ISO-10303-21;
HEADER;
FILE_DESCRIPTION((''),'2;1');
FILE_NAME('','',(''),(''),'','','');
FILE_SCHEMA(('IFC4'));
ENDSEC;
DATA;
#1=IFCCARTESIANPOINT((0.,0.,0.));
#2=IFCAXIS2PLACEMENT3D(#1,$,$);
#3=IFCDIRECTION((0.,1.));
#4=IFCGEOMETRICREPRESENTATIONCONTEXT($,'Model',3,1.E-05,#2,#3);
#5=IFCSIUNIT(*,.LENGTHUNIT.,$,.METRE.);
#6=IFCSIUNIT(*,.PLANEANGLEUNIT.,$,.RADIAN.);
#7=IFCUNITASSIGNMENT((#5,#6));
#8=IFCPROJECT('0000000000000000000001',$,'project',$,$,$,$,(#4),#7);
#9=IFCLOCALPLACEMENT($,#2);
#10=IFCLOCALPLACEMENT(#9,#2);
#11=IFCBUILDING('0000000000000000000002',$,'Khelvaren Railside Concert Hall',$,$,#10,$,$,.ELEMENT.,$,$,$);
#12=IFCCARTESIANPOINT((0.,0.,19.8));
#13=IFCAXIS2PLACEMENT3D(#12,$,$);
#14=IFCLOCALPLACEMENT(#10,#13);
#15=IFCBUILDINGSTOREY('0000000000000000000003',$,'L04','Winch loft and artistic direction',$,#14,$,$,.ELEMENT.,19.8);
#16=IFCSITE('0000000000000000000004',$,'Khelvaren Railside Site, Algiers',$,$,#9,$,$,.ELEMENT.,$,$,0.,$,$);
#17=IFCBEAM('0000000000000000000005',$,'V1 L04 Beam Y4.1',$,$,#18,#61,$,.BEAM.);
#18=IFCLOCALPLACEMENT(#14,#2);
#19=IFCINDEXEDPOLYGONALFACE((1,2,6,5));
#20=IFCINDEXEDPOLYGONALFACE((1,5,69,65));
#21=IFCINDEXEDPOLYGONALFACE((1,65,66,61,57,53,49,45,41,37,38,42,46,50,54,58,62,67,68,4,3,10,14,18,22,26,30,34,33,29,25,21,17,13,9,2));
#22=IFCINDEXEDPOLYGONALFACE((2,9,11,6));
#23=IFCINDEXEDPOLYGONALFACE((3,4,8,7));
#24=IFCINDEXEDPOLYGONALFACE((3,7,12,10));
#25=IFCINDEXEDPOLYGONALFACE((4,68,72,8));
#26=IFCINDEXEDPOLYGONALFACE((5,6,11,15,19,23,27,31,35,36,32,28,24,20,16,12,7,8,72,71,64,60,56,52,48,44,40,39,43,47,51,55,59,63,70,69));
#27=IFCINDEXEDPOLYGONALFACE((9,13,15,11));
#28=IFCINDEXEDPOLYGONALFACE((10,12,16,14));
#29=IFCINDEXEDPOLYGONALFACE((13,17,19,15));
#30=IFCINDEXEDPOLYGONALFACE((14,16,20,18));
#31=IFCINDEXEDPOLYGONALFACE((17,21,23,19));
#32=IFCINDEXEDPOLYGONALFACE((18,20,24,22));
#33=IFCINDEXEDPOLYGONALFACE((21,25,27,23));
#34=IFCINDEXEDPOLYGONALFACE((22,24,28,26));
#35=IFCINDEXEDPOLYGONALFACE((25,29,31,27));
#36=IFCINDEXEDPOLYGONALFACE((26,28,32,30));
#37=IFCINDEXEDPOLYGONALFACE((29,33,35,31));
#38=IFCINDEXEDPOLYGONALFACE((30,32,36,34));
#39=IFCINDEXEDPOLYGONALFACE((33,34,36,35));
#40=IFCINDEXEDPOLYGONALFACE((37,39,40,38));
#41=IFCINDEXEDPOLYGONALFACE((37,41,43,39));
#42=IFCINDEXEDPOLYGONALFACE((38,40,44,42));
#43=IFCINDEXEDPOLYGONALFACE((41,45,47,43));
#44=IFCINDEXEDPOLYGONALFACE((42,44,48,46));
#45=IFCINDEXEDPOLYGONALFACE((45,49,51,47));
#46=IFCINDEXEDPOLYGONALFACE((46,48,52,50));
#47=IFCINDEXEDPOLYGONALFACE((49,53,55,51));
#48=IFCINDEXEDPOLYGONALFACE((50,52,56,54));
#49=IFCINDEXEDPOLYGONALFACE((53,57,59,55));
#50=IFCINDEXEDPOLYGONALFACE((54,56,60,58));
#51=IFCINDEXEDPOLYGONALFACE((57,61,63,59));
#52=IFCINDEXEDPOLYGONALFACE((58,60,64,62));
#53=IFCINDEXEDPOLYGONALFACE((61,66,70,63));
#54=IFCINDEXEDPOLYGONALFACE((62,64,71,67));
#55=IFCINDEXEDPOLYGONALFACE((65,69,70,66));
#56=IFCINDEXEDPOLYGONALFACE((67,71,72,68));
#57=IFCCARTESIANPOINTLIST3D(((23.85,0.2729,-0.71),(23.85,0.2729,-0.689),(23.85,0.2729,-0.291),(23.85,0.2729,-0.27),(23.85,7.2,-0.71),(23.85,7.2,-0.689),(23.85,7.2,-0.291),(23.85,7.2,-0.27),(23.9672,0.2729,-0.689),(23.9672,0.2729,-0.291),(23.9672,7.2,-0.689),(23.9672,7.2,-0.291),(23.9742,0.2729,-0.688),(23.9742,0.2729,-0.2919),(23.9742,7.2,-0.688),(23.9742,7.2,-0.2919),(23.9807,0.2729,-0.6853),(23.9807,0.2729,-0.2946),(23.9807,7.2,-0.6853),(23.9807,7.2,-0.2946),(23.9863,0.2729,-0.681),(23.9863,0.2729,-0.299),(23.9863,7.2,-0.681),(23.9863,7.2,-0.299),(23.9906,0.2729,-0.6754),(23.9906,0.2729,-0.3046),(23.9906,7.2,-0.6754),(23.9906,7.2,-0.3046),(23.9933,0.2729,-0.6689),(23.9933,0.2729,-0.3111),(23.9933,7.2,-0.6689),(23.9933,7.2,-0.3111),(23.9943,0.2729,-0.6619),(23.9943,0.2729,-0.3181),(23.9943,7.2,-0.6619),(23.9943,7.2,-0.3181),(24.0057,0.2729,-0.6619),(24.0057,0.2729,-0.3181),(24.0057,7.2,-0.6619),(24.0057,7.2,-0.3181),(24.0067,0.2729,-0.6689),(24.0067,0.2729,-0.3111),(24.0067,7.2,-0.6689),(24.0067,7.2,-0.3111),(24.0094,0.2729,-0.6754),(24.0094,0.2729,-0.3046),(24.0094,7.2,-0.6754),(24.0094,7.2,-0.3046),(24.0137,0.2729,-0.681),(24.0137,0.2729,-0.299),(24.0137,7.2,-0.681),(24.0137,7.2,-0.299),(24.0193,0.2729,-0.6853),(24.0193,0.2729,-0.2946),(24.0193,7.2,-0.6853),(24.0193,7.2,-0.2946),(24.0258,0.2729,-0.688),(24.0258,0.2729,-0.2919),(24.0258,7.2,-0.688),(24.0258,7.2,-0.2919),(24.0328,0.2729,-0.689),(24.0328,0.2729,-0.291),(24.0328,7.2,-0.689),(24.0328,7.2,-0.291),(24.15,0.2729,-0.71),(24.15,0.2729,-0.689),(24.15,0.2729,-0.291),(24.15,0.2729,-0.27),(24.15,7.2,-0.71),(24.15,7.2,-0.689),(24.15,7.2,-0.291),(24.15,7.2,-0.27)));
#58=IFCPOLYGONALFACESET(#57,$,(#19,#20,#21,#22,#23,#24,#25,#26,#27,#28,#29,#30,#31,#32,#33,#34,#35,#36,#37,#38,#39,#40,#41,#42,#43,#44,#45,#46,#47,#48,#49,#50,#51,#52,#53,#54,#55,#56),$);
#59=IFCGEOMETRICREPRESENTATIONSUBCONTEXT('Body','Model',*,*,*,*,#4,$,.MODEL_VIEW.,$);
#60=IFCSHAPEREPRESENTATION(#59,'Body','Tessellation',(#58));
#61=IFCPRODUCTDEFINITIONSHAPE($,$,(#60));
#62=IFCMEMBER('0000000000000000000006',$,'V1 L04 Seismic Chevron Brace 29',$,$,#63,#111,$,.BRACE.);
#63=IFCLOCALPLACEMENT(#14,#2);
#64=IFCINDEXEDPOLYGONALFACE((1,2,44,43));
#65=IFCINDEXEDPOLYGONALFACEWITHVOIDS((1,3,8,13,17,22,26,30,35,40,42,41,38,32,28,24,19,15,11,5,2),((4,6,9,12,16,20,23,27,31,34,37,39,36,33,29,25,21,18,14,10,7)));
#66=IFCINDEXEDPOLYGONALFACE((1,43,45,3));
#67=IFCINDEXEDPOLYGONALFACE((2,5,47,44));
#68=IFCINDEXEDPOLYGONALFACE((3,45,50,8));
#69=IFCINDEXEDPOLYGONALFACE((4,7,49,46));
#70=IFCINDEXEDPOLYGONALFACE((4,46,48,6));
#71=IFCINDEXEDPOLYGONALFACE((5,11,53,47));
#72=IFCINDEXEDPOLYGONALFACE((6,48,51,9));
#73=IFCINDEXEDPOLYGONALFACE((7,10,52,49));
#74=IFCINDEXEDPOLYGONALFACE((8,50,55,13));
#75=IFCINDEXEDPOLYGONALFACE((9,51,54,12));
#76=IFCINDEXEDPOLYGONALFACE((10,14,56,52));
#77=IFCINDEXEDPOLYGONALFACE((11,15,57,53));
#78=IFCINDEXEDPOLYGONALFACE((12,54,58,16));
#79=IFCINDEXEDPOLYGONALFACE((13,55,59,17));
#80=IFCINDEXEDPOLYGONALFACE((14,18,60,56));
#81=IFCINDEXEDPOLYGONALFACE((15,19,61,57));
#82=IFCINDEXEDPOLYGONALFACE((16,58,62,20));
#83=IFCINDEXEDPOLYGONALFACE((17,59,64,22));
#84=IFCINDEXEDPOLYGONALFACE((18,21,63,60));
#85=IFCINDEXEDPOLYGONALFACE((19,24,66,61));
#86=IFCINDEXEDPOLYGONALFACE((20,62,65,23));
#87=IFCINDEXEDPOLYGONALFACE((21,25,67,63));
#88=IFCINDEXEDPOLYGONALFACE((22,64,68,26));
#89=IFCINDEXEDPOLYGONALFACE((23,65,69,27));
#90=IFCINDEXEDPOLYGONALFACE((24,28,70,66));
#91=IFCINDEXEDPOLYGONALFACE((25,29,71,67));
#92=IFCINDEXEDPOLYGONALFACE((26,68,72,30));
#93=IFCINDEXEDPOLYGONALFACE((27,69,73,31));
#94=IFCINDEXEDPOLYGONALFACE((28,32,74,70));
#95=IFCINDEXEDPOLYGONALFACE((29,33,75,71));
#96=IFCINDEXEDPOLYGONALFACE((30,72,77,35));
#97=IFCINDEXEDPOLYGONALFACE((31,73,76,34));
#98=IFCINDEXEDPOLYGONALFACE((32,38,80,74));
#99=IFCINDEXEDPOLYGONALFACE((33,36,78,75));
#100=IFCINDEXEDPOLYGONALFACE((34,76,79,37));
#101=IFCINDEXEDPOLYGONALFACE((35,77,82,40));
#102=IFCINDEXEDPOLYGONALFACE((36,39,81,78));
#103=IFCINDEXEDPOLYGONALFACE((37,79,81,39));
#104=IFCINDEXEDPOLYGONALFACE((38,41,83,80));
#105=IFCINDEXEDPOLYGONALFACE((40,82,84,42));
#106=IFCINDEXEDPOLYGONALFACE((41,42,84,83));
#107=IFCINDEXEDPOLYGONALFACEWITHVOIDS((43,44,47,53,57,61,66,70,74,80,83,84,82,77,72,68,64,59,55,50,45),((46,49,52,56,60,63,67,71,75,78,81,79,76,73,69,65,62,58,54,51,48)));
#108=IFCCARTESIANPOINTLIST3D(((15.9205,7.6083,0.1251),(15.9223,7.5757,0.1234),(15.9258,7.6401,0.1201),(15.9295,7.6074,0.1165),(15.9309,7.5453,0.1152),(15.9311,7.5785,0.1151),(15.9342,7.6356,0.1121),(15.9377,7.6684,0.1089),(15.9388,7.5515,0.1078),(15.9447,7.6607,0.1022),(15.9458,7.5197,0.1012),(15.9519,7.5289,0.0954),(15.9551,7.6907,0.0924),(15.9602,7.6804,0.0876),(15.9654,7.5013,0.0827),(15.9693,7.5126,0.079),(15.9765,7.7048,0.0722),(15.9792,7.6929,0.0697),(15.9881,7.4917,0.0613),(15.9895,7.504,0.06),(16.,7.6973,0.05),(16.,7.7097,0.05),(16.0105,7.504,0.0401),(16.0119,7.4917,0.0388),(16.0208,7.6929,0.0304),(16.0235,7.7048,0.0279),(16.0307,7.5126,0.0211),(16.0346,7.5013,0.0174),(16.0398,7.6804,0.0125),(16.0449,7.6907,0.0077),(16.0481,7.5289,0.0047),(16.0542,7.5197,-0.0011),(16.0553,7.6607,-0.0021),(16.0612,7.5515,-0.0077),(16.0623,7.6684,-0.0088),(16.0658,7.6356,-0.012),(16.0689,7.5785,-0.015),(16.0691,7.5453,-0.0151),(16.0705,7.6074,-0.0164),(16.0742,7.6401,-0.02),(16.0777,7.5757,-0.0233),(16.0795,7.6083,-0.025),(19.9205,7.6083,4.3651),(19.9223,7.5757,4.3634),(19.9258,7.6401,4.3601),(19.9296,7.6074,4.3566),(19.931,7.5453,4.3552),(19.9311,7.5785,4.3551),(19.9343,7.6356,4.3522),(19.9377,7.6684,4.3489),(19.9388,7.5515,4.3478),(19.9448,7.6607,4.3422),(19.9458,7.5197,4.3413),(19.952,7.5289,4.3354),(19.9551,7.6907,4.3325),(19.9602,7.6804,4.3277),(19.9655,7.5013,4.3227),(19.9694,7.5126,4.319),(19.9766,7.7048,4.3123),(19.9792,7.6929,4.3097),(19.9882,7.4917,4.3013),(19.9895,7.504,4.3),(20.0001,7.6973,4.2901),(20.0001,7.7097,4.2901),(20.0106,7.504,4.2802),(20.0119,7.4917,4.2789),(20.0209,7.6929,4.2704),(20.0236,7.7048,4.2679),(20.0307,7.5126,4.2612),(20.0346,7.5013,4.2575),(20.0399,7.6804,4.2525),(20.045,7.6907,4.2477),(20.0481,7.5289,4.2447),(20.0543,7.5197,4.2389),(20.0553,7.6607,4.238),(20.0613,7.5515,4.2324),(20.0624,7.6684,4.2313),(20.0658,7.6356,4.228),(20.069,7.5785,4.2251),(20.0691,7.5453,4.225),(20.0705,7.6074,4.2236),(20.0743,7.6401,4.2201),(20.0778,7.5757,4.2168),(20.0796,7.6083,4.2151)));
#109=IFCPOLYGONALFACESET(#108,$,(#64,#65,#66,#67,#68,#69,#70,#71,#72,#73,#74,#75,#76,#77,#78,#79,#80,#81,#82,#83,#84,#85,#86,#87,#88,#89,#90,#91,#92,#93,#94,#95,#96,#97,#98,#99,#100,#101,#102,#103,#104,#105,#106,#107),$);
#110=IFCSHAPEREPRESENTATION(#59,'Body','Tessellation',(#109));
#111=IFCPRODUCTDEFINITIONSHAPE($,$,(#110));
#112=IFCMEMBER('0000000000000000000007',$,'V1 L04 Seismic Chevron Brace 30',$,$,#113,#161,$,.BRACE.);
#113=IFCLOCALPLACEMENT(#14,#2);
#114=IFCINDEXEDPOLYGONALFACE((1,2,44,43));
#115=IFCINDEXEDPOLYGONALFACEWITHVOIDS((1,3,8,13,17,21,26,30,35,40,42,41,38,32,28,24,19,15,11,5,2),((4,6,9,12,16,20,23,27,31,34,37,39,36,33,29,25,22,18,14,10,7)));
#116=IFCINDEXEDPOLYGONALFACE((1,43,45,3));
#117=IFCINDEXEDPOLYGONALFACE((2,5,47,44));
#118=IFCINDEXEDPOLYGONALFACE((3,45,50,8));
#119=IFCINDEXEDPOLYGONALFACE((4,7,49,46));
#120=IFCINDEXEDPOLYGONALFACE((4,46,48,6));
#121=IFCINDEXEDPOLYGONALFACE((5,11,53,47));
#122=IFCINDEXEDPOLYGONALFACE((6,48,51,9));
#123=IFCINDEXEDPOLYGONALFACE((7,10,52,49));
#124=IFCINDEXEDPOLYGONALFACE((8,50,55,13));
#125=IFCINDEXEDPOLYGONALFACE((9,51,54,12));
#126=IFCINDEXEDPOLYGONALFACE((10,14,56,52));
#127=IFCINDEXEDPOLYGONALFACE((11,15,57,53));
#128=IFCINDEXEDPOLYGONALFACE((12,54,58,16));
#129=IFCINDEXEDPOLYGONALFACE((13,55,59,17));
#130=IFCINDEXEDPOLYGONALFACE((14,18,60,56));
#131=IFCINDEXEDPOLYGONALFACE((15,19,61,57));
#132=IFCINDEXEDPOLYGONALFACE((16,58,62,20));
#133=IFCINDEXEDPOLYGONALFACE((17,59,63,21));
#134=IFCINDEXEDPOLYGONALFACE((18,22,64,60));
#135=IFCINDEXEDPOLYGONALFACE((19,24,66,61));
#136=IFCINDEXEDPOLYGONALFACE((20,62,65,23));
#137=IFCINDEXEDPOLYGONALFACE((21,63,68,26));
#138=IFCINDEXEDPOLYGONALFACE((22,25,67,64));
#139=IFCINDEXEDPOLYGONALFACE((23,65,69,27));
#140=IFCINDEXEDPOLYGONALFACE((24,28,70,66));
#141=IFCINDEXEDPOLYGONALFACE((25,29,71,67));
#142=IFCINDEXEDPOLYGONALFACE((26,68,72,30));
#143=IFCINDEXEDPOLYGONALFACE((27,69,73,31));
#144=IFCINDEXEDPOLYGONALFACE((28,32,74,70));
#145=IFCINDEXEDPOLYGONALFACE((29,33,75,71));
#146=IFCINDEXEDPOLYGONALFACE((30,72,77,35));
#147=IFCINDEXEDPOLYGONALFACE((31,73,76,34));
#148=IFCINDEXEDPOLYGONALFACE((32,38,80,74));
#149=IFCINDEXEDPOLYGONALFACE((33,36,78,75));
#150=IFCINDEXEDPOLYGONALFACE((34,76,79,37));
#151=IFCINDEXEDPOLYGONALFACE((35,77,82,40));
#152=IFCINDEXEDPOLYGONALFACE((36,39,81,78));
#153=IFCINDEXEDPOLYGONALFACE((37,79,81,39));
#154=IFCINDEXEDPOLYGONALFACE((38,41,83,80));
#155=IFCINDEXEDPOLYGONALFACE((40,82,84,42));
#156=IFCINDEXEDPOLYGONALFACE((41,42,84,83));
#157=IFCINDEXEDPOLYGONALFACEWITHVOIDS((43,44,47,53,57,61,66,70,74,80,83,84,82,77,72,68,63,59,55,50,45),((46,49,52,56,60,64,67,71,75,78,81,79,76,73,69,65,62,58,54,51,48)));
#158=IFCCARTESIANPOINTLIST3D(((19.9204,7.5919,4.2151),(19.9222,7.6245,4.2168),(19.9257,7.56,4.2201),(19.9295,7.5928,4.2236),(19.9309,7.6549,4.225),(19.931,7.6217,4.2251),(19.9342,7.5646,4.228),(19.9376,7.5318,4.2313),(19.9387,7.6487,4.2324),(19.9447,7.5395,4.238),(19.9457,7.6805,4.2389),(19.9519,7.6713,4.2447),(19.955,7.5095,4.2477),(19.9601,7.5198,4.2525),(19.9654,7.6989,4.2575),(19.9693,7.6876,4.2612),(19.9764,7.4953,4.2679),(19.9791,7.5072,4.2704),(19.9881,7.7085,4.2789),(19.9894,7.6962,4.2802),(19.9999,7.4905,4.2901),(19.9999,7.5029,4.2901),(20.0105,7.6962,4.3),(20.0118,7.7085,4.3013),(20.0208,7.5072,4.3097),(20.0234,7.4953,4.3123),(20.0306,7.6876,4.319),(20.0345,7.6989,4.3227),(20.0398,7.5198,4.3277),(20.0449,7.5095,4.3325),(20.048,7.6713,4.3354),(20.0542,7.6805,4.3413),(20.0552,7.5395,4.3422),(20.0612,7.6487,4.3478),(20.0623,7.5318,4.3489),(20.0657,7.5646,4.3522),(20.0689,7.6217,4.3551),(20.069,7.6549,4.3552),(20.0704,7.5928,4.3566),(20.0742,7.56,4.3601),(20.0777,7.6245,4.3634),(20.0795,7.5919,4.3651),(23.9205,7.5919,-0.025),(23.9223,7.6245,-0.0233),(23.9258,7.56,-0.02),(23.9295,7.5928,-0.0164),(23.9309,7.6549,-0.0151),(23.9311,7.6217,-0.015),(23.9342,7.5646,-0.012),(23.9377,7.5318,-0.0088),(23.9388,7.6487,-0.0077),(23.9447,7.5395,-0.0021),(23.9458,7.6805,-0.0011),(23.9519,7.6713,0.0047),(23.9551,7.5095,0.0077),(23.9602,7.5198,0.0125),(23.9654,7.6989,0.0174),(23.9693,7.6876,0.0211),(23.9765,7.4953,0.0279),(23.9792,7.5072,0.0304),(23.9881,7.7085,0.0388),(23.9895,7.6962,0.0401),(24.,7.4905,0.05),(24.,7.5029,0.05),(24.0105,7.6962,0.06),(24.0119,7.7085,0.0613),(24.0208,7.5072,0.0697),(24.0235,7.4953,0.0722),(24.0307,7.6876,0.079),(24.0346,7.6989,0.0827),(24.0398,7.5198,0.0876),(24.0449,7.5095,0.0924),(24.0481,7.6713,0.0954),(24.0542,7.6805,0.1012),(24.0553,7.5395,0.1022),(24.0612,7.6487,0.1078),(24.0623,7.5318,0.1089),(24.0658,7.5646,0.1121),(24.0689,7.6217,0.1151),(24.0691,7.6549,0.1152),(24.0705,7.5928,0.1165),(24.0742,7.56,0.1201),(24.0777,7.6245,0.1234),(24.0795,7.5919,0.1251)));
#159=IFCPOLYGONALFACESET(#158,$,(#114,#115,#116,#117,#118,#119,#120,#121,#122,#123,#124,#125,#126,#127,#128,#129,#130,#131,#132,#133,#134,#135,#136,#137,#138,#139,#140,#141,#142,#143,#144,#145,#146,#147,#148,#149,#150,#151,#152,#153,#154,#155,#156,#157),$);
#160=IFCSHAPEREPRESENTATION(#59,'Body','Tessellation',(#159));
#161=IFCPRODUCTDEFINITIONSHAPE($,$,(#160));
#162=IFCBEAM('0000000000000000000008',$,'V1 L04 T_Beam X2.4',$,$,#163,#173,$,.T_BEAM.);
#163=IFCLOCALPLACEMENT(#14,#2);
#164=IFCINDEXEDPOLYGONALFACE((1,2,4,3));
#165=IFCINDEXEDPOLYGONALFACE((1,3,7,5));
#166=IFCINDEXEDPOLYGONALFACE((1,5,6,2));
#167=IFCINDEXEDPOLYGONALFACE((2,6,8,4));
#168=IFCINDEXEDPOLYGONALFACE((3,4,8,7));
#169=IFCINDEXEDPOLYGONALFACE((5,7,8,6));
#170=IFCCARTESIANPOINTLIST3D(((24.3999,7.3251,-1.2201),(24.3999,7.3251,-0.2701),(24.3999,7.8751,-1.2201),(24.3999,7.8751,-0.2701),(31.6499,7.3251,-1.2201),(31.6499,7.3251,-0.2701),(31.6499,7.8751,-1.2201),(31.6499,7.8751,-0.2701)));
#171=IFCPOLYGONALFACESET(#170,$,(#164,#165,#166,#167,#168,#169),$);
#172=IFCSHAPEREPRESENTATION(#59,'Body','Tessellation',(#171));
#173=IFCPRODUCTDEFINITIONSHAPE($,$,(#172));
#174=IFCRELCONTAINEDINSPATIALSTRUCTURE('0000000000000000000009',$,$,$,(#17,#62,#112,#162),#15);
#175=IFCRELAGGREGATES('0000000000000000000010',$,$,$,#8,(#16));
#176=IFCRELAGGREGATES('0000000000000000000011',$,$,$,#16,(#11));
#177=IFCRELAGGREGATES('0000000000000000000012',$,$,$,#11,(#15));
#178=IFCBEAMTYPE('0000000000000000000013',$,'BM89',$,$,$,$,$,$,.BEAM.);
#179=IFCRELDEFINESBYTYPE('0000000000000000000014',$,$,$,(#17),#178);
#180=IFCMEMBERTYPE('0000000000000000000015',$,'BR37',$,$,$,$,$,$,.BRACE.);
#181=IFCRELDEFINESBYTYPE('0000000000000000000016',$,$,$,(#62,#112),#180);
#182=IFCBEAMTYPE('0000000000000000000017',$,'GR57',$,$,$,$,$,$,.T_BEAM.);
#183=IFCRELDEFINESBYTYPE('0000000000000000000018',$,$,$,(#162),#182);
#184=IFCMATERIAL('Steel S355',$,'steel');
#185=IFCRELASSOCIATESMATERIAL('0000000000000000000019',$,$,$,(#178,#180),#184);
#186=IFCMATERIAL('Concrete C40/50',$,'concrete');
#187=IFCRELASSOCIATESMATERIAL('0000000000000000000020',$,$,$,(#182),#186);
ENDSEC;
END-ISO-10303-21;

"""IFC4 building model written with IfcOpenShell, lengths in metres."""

from ifc_helpers import new_model, si_unit, direction, frame, origin, origin_2d, place, context, subcontext, project, spatial, rectangle, hollow_circle, i_section, extrude, material, material_profile, profile_set, type_object, element, save


model = new_model("IFC4")

# Units and contexts
model_context = context("Model", 3, precision=1e-05, world=origin(), true_north=direction((0.0, 1.0)))
body_context = subcontext(model_context, "Body", "Model", "MODEL_VIEW")
ifc_project = project(units=[si_unit("LENGTHUNIT", "METRE"), si_unit("PLANEANGLEUNIT", "RADIAN")], contexts=[model_context])

# Site, building, storey
site_placement = place(None, origin())
site = spatial("IfcSite", under=ifc_project, at=site_placement, Name="Khelvaren Railside Site, Algiers", CompositionType="ELEMENT", RefElevation=0.0)
building_placement = place(site_placement, origin())
building = spatial("IfcBuilding", under=site, at=building_placement, Name="Khelvaren Railside Concert Hall", CompositionType="ELEMENT")
storey_placement = place(building_placement, frame((0.0, 0.0, 19.8)))
storey = spatial("IfcBuildingStorey", under=building, at=storey_placement, Name="L04", Description="Winch loft and artistic direction", CompositionType="ELEMENT", Elevation=19.8)

# Beam
ifc_material_1 = material(Name="Steel S355", Category="steel")
ifc_material_profile_1 = material_profile(ifc_material_1, i_section(OverallWidth=0.3, OverallDepth=0.4399, WebThickness=0.0115, FlangeThickness=0.021, FilletRadius=0.0271, at=origin_2d()), Name="HEA 450")
ifc_profile_set_1 = profile_set([ifc_material_profile_1], Name="Steel S355")
beam_type_1 = type_object("IfcBeamType", Name="BM89", PredefinedType="BEAM", material=ifc_profile_set_1)
beam_1_placement = place(storey_placement, frame((24.0, 0.2729, -0.49), z_axis=(0.0, 1.0, 0.0), x_axis=(-1.0, 0.0, 0.0)))
element("IfcBeam", 1, at=beam_1_placement, inside=storey, type_object=beam_type_1, Name="V1 L04 Beam Y4.1", PredefinedType="BEAM", context=body_context, shape_type="SweptSolid", body=[
    extrude(i_section(OverallWidth=0.3, OverallDepth=0.4399, WebThickness=0.0115, FlangeThickness=0.021, FilletRadius=0.0271, at=origin_2d()), origin(), (0.0, 0.0, 1.0), 6.927),
])

# Members
ifc_material_profile_2 = material_profile(ifc_material_1, hollow_circle(Radius=0.1096, WallThickness=0.0125, at=origin_2d()), Name="CHS 219.1x12.5")
ifc_profile_set_2 = profile_set([ifc_material_profile_2], Name="Steel S355")
member_type_1 = type_object("IfcMemberType", Name="BR37", PredefinedType="BRACE", material=ifc_profile_set_2)
for number, where, z_axis, x_axis, name in (
    (2, (16.0, 7.6001, 0.05), (0.686221, 0.0, 0.727393), (0.0, 1.0, 0.0), "V1 L04 Seismic Chevron Brace 29"),
    (3, (24.0, 7.6001, 0.05), (-0.686221, 0.0, 0.727393), (0.0, -1.0, 0.0), "V1 L04 Seismic Chevron Brace 30"),
):
    element("IfcMember", number, at=place(storey_placement, frame(where, z_axis=z_axis, x_axis=x_axis)), inside=storey, type_object=member_type_1, Name=name, PredefinedType="BRACE", context=body_context, shape_type="SweptSolid", body=[
        extrude(hollow_circle(Radius=0.1096, WallThickness=0.0125, at=origin_2d()), origin(), (0.0, 0.0, 1.0), 5.8291),
    ])

# Beam
ifc_material_2 = material(Name="Concrete C40/50", Category="concrete")
ifc_material_profile_3 = material_profile(ifc_material_2, rectangle(XDim=0.55, YDim=0.95, at=origin_2d()), Name="RCB 550x950")
ifc_profile_set_3 = profile_set([ifc_material_profile_3], Name="Concrete C40/50")
beam_type_2 = type_object("IfcBeamType", Name="GR57", PredefinedType="T_BEAM", material=ifc_profile_set_3)
beam_2_placement = place(storey_placement, frame((24.3999, 7.6001, -0.7451), z_axis=(1.0, 0.0, 0.0), x_axis=(0.0, 1.0, 0.0)))
element("IfcBeam", 4, at=beam_2_placement, inside=storey, type_object=beam_type_2, Name="V1 L04 T_Beam X2.4", PredefinedType="T_BEAM", context=body_context, shape_type="SweptSolid", body=[
    extrude(rectangle(XDim=0.55, YDim=0.95, at=origin_2d()), origin(), (0.0, 0.0, 1.0), 7.25),
])

save(model, "model.ifc")
